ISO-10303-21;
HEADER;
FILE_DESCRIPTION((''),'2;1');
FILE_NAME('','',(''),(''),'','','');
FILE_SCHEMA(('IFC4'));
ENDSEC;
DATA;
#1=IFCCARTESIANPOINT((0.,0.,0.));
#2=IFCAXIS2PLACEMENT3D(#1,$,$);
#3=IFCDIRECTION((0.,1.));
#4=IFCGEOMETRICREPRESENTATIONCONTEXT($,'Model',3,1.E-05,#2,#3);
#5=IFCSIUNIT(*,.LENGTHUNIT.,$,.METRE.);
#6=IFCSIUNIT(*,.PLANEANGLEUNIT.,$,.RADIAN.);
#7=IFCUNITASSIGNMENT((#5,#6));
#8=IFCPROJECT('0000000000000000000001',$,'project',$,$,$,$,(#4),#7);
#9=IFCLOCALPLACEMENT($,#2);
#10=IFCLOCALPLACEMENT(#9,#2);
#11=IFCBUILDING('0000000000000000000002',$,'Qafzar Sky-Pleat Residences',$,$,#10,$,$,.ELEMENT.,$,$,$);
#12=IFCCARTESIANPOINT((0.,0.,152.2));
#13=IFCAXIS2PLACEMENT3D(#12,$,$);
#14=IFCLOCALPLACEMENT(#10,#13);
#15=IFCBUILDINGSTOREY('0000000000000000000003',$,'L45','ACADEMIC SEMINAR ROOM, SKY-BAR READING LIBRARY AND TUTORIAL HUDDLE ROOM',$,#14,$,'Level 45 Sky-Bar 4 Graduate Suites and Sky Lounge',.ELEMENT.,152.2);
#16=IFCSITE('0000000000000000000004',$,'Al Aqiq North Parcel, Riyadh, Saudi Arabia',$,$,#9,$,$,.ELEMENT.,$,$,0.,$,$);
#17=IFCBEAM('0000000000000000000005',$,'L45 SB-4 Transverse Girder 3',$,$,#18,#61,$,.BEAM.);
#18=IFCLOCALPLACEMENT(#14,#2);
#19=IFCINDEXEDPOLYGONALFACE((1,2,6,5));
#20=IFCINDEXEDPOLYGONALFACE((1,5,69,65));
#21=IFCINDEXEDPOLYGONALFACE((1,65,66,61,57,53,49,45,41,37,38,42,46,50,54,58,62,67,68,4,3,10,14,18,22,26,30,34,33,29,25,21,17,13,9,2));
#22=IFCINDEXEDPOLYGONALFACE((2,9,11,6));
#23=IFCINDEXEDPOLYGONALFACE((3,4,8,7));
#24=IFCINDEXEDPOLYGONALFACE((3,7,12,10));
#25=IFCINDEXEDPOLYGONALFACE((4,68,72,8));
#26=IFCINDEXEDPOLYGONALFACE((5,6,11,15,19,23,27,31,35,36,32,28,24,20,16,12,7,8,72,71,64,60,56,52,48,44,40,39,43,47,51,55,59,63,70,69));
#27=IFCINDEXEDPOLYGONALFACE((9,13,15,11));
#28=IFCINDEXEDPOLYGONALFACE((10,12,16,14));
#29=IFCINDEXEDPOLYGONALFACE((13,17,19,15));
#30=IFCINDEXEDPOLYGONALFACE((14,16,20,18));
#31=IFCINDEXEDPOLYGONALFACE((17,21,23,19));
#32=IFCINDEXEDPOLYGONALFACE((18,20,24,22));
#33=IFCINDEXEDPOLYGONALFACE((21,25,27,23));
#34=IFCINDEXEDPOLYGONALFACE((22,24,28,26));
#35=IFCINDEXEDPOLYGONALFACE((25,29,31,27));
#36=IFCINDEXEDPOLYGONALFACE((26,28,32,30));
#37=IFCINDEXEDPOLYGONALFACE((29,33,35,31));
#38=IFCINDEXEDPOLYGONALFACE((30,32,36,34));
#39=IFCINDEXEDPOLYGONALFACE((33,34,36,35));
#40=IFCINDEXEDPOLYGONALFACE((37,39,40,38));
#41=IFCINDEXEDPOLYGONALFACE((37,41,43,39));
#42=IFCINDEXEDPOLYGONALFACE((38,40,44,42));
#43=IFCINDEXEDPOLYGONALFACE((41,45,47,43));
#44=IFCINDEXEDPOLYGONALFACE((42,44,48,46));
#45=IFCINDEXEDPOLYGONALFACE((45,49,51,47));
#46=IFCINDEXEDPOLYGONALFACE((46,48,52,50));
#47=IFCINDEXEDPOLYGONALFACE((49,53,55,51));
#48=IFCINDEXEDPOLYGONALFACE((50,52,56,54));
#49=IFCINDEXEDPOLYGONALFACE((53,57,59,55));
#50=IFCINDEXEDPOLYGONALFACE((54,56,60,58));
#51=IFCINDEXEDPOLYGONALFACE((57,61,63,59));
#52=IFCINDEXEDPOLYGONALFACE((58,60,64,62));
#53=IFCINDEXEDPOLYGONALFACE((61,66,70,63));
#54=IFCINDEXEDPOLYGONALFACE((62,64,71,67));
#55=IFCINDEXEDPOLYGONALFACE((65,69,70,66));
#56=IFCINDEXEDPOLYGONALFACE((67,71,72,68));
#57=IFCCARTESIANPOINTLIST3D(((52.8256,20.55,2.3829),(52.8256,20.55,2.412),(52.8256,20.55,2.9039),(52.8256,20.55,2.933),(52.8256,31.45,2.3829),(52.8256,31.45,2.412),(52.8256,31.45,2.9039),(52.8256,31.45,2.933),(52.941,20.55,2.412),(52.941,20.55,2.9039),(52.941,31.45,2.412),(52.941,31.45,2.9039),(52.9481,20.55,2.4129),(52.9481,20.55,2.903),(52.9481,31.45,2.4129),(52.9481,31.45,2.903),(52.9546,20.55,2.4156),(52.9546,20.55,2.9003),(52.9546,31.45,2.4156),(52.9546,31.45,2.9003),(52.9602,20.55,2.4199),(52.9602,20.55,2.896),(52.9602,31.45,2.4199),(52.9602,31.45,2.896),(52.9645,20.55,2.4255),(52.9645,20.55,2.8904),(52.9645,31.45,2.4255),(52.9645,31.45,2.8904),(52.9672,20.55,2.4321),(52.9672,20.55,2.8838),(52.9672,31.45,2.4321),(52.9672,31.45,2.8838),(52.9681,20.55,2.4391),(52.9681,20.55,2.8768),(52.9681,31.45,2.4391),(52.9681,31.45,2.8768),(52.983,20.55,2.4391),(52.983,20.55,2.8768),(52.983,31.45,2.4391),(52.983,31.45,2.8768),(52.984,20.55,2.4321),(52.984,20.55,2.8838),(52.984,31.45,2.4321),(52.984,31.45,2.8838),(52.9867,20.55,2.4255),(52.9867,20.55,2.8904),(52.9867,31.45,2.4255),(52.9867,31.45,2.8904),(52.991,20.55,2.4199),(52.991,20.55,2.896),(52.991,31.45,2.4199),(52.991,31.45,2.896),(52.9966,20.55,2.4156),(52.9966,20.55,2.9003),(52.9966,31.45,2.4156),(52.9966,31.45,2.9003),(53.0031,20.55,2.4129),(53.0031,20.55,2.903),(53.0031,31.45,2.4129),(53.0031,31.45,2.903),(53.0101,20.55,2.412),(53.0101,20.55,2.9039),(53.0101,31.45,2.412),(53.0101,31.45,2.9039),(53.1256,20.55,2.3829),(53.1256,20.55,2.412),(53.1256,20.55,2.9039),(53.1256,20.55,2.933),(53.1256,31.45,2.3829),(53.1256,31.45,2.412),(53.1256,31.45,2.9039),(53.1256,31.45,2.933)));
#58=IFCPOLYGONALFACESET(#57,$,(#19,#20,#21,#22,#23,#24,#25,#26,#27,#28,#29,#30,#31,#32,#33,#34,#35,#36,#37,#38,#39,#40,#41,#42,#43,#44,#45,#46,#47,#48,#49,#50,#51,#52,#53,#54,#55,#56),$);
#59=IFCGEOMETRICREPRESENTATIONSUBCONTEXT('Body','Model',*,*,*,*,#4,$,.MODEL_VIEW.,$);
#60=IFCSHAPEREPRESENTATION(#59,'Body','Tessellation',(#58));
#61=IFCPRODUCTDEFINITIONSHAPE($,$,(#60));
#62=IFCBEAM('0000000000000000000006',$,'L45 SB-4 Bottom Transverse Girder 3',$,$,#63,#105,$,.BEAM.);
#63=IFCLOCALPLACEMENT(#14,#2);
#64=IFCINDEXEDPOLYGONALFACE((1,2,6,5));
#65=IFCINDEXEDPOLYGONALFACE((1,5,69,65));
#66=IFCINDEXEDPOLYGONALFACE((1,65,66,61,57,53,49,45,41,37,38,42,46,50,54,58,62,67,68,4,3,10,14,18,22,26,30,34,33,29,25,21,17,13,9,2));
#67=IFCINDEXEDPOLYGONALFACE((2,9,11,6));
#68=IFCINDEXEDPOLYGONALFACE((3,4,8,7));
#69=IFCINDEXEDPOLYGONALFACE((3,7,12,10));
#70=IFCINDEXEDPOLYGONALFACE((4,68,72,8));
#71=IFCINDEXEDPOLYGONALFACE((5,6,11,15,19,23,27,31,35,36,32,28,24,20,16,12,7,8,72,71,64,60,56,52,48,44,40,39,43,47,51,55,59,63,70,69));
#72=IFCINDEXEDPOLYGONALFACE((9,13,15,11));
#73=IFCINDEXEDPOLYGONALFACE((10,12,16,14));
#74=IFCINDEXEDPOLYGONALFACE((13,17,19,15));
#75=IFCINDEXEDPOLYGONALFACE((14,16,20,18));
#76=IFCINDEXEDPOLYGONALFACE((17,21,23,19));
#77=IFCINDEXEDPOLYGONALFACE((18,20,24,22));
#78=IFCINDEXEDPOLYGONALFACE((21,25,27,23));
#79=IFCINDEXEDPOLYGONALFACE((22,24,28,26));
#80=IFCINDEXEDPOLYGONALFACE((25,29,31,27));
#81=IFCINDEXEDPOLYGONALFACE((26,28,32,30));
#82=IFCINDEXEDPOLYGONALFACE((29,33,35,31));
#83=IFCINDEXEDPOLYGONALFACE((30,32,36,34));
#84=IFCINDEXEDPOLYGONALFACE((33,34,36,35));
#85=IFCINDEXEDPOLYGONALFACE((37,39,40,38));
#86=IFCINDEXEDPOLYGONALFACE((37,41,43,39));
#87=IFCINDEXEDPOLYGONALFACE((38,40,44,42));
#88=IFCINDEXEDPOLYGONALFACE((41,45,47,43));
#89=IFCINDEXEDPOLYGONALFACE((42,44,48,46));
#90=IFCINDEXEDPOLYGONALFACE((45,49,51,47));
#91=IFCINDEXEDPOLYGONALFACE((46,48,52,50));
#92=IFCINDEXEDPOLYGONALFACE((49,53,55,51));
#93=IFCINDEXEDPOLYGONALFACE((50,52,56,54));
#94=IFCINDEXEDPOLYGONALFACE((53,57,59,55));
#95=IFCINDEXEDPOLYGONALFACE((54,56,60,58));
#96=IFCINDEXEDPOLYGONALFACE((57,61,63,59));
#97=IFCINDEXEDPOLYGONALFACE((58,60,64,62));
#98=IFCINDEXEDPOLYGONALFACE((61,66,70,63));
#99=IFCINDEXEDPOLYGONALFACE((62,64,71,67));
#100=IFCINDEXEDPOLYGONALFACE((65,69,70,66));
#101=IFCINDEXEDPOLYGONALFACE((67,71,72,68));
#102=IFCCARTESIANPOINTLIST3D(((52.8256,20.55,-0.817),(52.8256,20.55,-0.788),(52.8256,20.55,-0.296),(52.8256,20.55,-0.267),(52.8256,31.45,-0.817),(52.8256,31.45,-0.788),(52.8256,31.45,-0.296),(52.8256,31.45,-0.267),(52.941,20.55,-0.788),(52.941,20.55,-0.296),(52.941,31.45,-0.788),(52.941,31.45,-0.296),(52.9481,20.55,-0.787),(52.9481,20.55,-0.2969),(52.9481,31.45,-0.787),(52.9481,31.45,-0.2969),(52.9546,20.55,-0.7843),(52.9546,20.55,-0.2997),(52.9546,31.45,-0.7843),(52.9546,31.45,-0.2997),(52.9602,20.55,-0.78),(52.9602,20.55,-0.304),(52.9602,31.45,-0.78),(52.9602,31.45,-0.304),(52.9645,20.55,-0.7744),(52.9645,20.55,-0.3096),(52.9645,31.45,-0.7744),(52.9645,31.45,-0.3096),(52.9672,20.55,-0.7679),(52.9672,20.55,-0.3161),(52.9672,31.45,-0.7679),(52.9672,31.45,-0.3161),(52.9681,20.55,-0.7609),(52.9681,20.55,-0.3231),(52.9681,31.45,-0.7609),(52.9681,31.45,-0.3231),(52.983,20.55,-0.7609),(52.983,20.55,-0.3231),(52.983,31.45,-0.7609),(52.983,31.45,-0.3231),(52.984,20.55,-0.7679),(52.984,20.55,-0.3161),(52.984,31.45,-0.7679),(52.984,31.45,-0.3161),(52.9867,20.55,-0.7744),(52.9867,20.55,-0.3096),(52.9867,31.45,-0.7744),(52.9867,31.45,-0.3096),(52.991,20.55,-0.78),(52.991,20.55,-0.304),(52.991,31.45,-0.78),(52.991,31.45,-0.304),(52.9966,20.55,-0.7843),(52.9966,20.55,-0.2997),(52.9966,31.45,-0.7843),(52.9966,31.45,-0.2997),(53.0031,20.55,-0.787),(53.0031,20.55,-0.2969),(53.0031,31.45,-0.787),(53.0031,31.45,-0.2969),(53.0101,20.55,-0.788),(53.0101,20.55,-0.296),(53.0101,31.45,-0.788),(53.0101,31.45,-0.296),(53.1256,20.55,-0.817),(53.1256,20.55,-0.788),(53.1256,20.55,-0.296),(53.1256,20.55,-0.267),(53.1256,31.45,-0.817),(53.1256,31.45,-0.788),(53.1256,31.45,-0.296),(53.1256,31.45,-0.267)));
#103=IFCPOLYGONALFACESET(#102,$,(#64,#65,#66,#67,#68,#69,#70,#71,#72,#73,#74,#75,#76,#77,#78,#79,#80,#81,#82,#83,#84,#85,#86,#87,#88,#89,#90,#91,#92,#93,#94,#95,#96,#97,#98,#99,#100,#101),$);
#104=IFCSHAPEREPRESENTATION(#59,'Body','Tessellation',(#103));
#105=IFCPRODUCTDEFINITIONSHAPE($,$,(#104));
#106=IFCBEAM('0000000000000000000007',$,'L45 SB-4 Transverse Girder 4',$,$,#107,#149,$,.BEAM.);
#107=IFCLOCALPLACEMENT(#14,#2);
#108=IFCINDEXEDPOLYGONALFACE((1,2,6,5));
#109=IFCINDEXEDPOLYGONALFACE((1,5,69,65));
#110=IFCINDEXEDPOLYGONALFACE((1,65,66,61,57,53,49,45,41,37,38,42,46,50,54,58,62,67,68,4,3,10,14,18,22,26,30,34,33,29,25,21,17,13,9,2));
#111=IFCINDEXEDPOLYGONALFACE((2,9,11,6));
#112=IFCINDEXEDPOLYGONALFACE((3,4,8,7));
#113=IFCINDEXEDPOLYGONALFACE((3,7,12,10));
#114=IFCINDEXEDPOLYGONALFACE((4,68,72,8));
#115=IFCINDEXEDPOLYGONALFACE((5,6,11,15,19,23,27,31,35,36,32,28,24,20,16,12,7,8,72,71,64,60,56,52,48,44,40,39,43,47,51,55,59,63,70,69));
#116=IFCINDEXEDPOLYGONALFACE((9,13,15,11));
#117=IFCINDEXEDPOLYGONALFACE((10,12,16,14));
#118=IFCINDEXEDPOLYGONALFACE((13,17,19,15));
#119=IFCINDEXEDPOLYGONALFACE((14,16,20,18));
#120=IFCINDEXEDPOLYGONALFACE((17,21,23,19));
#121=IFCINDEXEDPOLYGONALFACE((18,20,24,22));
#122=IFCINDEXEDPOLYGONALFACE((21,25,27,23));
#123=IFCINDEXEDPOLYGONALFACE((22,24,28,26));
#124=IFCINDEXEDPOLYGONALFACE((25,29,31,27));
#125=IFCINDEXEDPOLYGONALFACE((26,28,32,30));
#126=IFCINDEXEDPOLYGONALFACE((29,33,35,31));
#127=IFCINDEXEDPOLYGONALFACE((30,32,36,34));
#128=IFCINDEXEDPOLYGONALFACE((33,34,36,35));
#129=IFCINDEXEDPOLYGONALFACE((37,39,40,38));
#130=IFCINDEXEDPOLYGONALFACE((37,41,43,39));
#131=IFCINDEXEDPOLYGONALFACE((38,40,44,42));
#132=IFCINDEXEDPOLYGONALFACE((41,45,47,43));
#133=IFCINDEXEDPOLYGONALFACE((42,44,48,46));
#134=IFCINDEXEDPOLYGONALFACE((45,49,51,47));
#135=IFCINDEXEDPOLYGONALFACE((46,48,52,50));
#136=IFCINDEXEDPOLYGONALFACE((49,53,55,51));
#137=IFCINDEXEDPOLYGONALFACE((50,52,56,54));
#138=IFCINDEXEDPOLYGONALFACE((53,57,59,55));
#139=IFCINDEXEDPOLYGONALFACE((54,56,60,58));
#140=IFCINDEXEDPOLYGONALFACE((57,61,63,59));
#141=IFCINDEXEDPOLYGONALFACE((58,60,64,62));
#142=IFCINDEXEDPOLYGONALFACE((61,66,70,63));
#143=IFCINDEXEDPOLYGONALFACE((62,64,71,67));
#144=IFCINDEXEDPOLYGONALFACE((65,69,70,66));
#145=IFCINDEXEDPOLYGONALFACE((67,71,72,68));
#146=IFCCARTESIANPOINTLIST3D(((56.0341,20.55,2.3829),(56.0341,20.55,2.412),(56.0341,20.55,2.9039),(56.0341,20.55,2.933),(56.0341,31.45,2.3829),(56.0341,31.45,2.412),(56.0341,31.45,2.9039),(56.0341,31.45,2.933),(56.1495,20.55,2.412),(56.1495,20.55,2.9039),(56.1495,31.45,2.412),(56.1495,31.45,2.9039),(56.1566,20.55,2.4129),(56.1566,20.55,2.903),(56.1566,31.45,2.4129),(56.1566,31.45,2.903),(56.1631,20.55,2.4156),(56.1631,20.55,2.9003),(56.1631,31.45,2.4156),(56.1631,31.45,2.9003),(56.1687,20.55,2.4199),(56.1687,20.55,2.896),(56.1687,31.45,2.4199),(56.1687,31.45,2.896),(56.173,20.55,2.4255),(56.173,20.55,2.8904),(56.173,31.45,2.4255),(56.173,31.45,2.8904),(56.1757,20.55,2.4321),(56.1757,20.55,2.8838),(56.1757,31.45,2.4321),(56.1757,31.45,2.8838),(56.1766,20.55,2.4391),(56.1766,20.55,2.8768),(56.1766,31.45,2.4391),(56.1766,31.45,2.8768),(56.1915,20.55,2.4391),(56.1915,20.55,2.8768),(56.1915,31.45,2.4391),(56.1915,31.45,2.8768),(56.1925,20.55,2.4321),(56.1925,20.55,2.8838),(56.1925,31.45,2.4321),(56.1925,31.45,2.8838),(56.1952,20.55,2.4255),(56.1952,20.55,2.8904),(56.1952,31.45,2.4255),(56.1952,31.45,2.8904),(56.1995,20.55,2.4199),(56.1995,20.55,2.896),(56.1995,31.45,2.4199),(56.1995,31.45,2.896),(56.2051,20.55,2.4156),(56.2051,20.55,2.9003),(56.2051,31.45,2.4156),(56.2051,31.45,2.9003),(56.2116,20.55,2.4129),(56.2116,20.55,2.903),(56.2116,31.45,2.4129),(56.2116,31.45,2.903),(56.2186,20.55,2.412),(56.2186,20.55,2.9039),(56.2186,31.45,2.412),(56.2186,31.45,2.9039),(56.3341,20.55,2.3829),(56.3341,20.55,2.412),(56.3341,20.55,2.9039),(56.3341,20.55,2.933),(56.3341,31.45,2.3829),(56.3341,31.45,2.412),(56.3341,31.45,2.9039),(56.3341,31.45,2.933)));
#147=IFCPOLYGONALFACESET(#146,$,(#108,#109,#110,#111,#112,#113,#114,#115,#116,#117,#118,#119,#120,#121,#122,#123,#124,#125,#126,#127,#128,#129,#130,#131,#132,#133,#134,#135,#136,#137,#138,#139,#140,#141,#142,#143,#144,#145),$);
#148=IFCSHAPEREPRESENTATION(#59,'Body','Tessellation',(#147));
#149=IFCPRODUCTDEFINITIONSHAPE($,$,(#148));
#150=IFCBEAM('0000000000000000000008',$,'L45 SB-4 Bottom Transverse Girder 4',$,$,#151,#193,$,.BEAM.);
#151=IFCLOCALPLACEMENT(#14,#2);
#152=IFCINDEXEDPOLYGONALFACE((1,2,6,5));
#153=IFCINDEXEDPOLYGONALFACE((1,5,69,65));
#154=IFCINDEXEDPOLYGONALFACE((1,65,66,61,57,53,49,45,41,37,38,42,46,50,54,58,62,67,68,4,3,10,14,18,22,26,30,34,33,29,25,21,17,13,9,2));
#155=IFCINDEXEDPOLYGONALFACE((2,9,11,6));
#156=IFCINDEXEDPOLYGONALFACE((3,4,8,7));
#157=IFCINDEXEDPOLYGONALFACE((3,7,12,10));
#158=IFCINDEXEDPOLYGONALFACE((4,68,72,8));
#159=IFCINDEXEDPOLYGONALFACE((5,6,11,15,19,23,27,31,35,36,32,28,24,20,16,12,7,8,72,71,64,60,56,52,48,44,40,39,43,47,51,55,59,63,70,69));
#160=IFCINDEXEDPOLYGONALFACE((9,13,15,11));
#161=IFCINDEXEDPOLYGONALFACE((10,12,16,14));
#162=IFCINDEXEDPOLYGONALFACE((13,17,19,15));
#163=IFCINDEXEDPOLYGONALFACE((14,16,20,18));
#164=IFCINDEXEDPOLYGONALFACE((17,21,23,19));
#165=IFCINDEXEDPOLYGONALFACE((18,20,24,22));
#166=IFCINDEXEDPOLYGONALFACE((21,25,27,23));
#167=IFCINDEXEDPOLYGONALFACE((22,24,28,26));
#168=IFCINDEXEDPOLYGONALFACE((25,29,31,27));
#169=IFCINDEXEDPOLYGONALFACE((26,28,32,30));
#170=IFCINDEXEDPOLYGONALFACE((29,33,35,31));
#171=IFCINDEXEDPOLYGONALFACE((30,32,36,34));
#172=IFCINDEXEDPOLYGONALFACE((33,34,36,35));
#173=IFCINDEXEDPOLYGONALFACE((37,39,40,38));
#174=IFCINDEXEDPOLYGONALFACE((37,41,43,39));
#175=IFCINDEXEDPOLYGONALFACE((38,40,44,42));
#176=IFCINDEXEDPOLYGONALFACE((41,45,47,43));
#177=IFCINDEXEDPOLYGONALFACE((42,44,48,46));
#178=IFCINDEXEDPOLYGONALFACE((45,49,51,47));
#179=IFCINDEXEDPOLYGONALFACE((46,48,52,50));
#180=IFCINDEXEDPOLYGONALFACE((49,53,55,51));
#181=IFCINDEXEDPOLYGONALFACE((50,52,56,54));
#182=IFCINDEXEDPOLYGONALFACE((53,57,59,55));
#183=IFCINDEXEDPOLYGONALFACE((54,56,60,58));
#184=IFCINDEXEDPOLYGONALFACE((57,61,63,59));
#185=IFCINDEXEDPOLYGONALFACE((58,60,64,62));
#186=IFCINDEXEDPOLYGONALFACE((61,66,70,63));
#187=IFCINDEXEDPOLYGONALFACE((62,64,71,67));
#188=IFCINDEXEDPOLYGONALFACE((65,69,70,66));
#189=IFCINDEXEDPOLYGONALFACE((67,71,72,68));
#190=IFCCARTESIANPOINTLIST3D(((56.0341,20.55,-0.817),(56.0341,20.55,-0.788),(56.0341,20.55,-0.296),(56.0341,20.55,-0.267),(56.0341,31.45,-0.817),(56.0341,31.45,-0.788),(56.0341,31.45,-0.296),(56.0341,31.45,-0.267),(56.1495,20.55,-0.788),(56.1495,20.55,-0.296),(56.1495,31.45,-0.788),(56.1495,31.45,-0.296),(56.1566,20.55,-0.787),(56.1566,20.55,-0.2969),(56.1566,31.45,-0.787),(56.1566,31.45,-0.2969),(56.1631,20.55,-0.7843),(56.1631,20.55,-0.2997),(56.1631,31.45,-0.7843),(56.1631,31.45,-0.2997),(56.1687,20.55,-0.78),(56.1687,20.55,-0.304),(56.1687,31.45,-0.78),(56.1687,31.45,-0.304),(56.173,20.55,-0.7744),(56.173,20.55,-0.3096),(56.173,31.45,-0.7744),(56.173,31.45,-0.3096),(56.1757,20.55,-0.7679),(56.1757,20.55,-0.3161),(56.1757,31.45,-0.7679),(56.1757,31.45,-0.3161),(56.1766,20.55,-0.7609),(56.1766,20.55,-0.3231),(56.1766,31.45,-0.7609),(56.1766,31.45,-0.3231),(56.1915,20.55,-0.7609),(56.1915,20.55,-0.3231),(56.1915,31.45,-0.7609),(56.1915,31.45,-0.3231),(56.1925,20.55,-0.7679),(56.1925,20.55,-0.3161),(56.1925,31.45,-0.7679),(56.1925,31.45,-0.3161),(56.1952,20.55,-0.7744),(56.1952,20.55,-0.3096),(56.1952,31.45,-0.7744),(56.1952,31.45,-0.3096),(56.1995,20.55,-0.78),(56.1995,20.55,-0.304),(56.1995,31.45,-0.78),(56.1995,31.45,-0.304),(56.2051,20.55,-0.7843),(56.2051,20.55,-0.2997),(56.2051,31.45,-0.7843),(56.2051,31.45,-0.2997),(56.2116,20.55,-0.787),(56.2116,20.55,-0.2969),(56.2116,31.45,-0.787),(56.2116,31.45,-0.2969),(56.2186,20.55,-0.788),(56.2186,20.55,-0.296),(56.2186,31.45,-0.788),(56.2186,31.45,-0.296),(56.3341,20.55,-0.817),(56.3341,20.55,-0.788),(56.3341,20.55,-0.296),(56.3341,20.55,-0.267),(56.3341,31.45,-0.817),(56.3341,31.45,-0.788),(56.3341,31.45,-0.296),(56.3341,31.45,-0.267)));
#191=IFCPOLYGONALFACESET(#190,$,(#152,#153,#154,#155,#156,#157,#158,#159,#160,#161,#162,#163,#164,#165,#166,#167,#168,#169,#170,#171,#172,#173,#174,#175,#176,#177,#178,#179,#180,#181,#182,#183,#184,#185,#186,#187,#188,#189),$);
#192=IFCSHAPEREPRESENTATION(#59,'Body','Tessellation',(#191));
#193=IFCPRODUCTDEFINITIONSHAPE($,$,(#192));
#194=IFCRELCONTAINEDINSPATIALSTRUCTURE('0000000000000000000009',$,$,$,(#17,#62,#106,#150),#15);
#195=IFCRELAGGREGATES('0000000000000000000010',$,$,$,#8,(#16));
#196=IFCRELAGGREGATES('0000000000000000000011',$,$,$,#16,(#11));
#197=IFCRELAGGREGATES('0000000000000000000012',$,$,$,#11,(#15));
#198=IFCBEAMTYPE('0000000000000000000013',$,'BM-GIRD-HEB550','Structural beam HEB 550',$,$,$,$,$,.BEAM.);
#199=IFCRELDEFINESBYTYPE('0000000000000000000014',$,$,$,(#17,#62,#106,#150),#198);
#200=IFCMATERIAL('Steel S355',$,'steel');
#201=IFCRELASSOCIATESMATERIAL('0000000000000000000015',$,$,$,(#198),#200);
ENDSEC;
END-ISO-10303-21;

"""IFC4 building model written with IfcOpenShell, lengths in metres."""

from ifc_helpers import new_model, si_unit, direction, frame, origin, origin_2d, place, context, subcontext, project, spatial, i_section, extrude, source, transform, mapped, material, material_profile, profile_set, type_object, element, save


model = new_model("IFC4")

# Units and contexts
model_context = context("Model", 3, precision=1e-05, world=origin(), true_north=direction((0.0, 1.0)))
body_context = subcontext(model_context, "Body", "Model", "MODEL_VIEW")
ifc_project = project(units=[si_unit("LENGTHUNIT", "METRE"), si_unit("PLANEANGLEUNIT", "RADIAN")], contexts=[model_context])

# Site, building, storey
site_placement = place(None, origin())
site = spatial("IfcSite", under=ifc_project, at=site_placement, Name="Al Aqiq North Parcel, Riyadh, Saudi Arabia", CompositionType="ELEMENT", RefElevation=0.0)
building_placement = place(site_placement, origin())
building = spatial("IfcBuilding", under=site, at=building_placement, Name="Qafzar Sky-Pleat Residences", CompositionType="ELEMENT")
storey_placement = place(building_placement, frame((0.0, 0.0, 152.2)))
storey = spatial("IfcBuildingStorey", under=building, at=storey_placement, Name="L45", Description="ACADEMIC SEMINAR ROOM, SKY-BAR READING LIBRARY AND TUTORIAL HUDDLE ROOM", LongName="Level 45 Sky-Bar 4 Graduate Suites and Sky Lounge", CompositionType="ELEMENT", Elevation=152.2)

# Beams
ifc_material_1 = material(Name="Steel S355", Category="steel")
ifc_material_profile_1 = material_profile(ifc_material_1, i_section(OverallWidth=0.3, OverallDepth=0.55, WebThickness=0.0149, FlangeThickness=0.0291, FilletRadius=0.0271, at=origin_2d()), Name="HEB 550")
ifc_profile_set_1 = profile_set([ifc_material_profile_1], Name="Steel S355")
beam_type_1 = type_object("IfcBeamType", Name="BM-GIRD-HEB550", Description="Structural beam HEB 550", PredefinedType="BEAM", material=ifc_profile_set_1)
shared_shape_1 = source(origin(), body_context, "Body", "SweptSolid", [
    extrude(i_section(OverallWidth=0.3, OverallDepth=0.55, WebThickness=0.0149, FlangeThickness=0.0291, FilletRadius=0.0271, at=origin_2d()), origin(), (0.0, 0.0, 1.0), 10.8999),
])
for number, where, z_axis, x_axis, name in (
    (1, (52.9756, 31.45, 2.658), (0.0, -1.0, 0.0), (1.0, 0.0, 0.0), "L45 SB-4 Transverse Girder 3"),
    (2, (52.9756, 31.45, -0.542), (0.0, -1.0, 0.0), (1.0, 0.0, 0.0), "L45 SB-4 Bottom Transverse Girder 3"),
    (3, (56.1841, 31.45, 2.658), (0.0, -1.0, 0.0), (1.0, 0.0, 0.0), "L45 SB-4 Transverse Girder 4"),
    (4, (56.1841, 31.45, -0.542), (0.0, -1.0, 0.0), (1.0, 0.0, 0.0), "L45 SB-4 Bottom Transverse Girder 4"),
):
    element("IfcBeam", number, at=place(storey_placement, frame(where, z_axis=z_axis, x_axis=x_axis)), inside=storey, type_object=beam_type_1, Name=name, PredefinedType="BEAM", context=body_context, shape_type="MappedRepresentation", body=[
        mapped(shared_shape_1, transform((0.0, 0.0, 0.0), x_axis=(1.0, 0.0, 0.0), y_axis=(0.0, 1.0, 0.0), z_axis=(0.0, 0.0, 1.0), scale=1.0)),
    ])

save(model, "model.ifc")
